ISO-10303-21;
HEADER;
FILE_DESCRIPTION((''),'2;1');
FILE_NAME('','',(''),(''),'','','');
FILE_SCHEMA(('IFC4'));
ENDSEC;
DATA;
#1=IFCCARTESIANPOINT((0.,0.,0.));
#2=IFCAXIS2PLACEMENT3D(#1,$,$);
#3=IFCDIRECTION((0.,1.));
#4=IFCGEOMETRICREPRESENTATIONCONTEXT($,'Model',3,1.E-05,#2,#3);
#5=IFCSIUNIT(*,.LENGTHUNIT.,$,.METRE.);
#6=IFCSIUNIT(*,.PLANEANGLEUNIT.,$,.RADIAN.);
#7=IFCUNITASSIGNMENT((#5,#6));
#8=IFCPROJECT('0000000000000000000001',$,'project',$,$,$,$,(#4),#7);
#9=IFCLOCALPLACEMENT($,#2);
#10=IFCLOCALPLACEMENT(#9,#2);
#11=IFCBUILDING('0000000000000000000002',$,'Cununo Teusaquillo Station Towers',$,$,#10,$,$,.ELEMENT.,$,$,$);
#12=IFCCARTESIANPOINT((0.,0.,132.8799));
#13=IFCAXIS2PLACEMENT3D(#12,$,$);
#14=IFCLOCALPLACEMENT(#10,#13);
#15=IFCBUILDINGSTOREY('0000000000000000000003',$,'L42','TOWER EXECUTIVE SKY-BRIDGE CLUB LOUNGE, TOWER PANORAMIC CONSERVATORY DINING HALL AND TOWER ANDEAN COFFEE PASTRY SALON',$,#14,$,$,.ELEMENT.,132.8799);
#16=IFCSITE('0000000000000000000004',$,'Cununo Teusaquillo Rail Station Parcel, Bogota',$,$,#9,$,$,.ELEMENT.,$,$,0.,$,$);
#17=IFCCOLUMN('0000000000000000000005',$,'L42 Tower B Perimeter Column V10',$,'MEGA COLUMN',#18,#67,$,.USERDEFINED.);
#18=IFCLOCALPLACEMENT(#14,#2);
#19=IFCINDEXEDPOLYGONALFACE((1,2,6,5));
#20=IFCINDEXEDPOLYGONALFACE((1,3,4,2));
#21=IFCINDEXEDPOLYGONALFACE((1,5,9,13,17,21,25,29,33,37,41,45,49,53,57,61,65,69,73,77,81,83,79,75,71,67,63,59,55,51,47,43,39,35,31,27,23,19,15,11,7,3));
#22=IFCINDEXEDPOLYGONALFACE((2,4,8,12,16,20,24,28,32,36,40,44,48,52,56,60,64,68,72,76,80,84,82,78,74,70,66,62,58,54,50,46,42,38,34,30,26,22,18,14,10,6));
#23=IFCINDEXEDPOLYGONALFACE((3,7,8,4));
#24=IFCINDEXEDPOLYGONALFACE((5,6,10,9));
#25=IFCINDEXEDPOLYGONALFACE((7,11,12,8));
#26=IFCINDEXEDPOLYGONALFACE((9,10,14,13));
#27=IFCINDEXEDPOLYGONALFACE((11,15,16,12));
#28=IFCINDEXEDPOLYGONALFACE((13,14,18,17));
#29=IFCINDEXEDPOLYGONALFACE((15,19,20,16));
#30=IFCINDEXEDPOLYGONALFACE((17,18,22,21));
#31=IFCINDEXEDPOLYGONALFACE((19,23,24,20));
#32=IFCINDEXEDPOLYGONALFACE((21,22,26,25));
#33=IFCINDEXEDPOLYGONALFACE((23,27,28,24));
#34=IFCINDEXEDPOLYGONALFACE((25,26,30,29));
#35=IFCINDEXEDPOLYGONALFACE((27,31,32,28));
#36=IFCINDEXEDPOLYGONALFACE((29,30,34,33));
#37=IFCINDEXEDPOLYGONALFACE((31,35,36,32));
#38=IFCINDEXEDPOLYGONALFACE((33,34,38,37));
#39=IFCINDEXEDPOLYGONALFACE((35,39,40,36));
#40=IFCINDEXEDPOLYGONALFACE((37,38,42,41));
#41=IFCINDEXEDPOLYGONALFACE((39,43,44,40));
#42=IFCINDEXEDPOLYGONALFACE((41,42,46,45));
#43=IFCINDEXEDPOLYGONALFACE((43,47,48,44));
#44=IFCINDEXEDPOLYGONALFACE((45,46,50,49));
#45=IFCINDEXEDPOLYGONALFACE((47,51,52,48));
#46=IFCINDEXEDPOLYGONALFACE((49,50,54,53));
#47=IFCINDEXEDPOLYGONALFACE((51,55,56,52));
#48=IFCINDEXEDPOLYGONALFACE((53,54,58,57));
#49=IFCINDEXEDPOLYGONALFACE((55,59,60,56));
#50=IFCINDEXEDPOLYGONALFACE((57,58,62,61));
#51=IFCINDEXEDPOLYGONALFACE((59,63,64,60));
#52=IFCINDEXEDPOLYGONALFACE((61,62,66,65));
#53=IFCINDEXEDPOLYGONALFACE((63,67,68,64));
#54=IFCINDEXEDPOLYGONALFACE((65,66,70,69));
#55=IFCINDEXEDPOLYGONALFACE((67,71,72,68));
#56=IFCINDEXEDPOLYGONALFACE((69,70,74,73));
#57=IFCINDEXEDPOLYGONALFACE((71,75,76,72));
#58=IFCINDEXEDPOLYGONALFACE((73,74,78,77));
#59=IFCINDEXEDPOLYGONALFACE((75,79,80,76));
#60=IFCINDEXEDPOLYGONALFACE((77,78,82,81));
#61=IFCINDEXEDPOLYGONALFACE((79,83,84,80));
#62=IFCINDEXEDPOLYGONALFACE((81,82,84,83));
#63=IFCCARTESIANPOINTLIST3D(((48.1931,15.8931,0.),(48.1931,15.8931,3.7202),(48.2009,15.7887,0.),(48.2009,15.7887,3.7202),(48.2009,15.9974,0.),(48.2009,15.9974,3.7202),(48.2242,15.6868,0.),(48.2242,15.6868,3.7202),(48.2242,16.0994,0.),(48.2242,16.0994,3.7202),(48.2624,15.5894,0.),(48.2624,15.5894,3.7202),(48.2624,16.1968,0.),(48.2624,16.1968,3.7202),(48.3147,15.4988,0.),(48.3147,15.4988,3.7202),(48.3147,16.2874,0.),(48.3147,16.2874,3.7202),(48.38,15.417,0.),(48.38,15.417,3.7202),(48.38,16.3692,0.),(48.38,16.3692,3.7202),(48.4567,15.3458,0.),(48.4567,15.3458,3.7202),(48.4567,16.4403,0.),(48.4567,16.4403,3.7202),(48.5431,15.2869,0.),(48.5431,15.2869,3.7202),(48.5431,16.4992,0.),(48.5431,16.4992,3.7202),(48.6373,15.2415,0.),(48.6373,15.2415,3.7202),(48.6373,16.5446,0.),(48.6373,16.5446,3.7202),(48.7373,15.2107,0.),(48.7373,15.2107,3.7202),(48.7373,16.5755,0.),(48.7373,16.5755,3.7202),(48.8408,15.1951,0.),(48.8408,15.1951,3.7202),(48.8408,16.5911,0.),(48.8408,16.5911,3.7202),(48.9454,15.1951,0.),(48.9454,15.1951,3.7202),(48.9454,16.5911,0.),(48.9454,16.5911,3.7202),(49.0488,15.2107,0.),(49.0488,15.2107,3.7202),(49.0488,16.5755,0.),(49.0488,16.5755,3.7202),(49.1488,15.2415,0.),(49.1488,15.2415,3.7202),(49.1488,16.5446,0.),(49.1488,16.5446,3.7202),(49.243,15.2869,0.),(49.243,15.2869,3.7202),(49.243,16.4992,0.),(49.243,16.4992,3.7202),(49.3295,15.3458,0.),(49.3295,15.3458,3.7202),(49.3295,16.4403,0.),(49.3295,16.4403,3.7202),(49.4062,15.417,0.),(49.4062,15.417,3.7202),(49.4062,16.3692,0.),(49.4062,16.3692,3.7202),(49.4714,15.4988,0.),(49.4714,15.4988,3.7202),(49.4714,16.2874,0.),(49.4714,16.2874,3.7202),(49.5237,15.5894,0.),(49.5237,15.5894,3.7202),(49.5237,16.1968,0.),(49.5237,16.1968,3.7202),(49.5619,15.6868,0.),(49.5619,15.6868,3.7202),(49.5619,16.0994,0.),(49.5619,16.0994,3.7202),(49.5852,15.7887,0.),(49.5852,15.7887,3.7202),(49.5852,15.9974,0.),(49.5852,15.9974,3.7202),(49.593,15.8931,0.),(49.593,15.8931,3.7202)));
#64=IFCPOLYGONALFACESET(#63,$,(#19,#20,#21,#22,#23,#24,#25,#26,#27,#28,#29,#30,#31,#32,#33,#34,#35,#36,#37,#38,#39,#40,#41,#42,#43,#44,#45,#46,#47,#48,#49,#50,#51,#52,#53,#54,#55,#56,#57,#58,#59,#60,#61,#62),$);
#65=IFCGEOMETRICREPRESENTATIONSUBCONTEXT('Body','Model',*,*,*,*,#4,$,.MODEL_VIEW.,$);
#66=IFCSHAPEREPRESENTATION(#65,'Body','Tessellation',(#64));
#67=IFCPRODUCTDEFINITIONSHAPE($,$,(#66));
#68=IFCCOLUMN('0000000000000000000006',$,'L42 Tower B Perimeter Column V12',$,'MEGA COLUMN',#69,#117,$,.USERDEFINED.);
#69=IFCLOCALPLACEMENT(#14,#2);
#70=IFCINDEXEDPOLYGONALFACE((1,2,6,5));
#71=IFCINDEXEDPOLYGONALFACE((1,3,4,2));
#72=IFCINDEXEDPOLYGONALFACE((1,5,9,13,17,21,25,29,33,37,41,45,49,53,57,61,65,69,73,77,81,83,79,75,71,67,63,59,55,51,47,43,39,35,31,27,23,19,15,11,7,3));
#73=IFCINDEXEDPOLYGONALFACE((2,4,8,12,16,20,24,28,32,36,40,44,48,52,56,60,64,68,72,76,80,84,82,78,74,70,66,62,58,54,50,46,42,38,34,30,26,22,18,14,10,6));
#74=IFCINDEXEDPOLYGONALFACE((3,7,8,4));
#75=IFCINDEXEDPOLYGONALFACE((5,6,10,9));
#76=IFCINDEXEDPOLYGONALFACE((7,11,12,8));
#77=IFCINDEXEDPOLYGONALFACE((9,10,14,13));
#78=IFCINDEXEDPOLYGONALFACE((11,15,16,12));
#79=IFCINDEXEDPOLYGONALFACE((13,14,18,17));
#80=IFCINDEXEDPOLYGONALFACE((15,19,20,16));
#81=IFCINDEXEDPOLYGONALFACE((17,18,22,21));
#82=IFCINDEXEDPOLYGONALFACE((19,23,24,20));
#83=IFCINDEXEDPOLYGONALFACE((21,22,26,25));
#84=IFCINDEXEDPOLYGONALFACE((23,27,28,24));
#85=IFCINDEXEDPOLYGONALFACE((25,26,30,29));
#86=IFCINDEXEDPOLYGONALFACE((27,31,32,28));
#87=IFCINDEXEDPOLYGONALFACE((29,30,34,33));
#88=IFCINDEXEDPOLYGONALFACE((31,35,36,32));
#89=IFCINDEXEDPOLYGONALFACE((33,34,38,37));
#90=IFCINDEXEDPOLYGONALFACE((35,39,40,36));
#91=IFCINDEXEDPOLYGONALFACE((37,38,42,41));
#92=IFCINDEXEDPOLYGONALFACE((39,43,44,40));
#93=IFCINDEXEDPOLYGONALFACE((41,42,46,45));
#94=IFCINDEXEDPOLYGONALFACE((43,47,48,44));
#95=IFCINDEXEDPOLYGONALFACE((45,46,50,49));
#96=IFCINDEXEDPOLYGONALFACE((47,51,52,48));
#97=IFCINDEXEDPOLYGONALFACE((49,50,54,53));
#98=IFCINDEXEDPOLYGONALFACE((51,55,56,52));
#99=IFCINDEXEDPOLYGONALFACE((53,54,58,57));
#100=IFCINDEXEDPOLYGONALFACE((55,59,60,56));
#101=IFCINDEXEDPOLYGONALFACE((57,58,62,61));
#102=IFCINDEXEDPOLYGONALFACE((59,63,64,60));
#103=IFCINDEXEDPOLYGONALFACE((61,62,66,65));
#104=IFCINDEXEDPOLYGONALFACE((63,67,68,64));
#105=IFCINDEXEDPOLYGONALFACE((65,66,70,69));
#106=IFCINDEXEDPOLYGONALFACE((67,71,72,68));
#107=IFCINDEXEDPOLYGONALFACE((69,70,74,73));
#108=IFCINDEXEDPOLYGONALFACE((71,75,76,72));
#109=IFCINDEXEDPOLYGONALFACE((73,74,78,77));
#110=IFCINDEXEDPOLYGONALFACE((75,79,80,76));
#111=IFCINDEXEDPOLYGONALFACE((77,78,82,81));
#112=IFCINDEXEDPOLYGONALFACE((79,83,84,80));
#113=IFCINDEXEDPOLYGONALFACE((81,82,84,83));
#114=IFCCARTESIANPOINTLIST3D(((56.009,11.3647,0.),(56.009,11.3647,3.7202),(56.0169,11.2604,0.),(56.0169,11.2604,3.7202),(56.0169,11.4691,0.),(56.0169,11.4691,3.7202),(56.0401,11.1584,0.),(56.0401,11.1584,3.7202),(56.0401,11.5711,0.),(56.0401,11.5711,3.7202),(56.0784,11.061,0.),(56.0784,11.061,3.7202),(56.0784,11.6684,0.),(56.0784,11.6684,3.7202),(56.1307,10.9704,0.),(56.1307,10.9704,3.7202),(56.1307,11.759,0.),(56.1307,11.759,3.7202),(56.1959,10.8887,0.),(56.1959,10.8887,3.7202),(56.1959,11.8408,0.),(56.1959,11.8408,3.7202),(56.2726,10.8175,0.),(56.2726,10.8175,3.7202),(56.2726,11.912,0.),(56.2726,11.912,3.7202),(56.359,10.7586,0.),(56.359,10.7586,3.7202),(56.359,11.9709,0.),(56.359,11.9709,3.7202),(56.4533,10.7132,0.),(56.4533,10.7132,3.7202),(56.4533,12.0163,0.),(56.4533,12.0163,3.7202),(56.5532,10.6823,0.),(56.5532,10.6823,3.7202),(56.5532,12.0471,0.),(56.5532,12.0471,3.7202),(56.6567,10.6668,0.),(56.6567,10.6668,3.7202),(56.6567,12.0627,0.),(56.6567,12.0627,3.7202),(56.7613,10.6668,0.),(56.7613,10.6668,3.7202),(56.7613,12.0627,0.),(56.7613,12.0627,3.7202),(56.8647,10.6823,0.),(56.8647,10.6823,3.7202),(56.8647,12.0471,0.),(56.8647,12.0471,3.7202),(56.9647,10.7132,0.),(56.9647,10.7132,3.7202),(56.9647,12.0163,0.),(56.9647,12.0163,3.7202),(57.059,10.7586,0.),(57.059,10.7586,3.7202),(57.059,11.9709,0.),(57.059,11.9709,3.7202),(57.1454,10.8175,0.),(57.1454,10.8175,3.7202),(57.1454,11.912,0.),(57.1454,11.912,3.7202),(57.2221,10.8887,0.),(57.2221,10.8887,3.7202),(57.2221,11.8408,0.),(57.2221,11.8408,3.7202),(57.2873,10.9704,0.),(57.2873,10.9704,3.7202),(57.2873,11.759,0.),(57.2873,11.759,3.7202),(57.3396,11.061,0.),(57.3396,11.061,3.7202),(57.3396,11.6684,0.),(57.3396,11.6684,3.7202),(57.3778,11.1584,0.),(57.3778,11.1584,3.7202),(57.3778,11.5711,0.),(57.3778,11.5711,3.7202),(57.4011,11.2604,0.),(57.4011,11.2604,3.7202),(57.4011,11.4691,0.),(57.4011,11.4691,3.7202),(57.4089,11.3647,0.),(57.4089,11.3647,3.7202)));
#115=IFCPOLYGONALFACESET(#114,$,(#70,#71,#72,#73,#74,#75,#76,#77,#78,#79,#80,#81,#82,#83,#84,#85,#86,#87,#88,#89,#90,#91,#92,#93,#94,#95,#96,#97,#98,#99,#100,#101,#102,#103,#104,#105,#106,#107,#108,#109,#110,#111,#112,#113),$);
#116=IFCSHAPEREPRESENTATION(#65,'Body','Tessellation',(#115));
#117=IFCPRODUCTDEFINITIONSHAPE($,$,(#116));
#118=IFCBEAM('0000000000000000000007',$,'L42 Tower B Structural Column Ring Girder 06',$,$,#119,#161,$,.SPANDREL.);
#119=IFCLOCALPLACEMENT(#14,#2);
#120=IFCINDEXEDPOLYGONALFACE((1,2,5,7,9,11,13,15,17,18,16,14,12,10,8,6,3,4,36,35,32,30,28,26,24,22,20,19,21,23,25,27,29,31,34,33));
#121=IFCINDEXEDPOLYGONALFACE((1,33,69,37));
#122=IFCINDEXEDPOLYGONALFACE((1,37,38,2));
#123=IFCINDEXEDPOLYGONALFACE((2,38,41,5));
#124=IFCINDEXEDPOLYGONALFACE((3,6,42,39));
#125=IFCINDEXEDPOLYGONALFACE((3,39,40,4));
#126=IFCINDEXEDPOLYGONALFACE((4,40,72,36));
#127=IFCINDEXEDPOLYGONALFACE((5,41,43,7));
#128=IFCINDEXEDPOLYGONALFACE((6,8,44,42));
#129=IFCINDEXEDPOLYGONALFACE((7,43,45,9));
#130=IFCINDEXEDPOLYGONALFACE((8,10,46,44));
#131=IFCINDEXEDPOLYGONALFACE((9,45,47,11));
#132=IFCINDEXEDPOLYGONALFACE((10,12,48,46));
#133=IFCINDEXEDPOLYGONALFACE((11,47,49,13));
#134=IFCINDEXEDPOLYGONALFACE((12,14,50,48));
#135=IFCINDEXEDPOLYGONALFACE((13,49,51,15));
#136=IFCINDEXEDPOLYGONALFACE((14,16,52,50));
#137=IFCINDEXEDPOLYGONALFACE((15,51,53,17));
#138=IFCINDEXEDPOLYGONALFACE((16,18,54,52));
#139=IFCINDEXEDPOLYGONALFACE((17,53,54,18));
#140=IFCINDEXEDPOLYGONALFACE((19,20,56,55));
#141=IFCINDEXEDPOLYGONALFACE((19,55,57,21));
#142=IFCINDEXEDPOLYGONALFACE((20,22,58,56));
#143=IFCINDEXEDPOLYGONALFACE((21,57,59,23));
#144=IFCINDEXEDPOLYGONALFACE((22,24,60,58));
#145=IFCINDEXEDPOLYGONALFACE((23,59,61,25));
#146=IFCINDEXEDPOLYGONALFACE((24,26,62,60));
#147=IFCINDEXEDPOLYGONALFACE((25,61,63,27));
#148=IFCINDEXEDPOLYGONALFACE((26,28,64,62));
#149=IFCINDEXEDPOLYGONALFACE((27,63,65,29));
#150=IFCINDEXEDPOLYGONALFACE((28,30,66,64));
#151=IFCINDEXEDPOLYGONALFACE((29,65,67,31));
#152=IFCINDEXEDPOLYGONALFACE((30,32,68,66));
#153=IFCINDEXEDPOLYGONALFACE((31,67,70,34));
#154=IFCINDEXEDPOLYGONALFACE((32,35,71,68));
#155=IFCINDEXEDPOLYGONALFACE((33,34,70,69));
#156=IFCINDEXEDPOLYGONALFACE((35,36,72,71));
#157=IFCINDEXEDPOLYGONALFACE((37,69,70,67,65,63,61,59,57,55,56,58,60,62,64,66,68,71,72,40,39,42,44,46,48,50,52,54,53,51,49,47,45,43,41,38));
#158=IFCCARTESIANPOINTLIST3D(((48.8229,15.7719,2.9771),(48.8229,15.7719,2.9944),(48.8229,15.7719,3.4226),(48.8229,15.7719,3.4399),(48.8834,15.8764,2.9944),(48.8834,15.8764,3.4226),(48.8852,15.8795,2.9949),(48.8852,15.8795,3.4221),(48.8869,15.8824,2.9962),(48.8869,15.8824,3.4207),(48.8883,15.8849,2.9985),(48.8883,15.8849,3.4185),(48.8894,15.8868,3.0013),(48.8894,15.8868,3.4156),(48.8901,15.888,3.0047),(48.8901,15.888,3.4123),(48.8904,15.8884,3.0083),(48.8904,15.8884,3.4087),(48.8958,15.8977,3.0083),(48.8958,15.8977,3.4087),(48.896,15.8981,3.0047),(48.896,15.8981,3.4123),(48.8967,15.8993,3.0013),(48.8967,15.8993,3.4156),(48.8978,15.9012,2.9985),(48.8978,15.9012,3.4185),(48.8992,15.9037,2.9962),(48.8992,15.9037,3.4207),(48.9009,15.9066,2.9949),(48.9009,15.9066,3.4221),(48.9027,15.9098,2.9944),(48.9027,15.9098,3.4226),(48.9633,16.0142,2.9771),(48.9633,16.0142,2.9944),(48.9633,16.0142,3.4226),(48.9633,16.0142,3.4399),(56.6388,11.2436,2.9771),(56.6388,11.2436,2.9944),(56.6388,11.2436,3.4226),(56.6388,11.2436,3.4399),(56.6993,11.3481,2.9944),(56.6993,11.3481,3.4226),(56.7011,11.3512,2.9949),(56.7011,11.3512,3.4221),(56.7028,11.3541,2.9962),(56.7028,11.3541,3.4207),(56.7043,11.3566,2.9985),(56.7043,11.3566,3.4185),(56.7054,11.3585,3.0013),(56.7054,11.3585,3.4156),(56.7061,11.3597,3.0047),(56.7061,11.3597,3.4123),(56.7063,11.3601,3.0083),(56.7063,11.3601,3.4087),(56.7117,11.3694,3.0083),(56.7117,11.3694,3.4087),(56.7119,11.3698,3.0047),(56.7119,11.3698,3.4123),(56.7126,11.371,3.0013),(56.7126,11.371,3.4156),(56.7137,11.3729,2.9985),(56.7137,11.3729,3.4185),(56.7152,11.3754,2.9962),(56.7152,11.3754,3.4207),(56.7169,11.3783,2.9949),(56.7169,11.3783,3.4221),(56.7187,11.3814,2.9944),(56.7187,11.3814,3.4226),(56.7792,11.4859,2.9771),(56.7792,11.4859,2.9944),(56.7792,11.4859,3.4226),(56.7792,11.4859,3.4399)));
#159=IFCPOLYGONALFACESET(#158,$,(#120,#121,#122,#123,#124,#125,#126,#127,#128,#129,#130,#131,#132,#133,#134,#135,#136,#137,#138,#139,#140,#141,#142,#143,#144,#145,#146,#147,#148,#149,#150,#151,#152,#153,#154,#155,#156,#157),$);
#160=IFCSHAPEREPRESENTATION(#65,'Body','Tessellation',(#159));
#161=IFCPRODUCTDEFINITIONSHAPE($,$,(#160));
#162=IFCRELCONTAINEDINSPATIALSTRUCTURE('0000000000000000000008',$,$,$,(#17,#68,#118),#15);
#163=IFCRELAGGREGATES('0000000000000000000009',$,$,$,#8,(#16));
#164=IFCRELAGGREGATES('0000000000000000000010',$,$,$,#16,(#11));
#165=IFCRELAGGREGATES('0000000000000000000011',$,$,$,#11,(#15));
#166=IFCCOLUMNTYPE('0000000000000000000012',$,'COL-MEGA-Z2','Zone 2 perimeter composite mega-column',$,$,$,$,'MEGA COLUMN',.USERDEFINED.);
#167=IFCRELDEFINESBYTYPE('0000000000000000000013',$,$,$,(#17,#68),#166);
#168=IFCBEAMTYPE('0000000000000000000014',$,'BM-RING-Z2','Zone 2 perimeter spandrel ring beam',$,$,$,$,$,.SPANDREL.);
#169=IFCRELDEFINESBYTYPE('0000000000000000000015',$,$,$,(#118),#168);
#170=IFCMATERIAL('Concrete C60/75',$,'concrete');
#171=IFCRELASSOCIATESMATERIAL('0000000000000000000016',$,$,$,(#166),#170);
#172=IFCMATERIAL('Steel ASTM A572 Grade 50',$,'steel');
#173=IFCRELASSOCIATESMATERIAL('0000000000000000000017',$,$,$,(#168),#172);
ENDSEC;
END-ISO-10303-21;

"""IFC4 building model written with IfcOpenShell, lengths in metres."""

from ifc_helpers import new_model, si_unit, direction, frame, origin, origin_2d, place, context, subcontext, project, spatial, circle, i_section, extrude, material, material_profile, profile_set, type_object, element, save


model = new_model("IFC4")

# Units and contexts
model_context = context("Model", 3, precision=1e-05, world=origin(), true_north=direction((0.0, 1.0)))
body_context = subcontext(model_context, "Body", "Model", "MODEL_VIEW")
ifc_project = project(units=[si_unit("LENGTHUNIT", "METRE"), si_unit("PLANEANGLEUNIT", "RADIAN")], contexts=[model_context])

# Site, building, storey
site_placement = place(None, origin())
site = spatial("IfcSite", under=ifc_project, at=site_placement, Name="Cununo Teusaquillo Rail Station Parcel, Bogota", CompositionType="ELEMENT", RefElevation=0.0)
building_placement = place(site_placement, origin())
building = spatial("IfcBuilding", under=site, at=building_placement, Name="Cununo Teusaquillo Station Towers", CompositionType="ELEMENT")
storey_placement = place(building_placement, frame((0.0, 0.0, 132.8799)))
storey = spatial("IfcBuildingStorey", under=building, at=storey_placement, Name="L42", Description="TOWER EXECUTIVE SKY-BRIDGE CLUB LOUNGE, TOWER PANORAMIC CONSERVATORY DINING HALL AND TOWER ANDEAN COFFEE PASTRY SALON", CompositionType="ELEMENT", Elevation=132.8799)

# Columns
ifc_material_1 = material(Name="Concrete C60/75", Category="concrete")
ifc_material_profile_1 = material_profile(ifc_material_1, circle(Radius=0.7, at=origin_2d()), Name="RC-CIRC-1400")
ifc_profile_set_1 = profile_set([ifc_material_profile_1], Name="Concrete C60/75")
column_type = type_object("IfcColumnType", Name="COL-MEGA-Z2", Description="Zone 2 perimeter composite mega-column", ElementType="MEGA COLUMN", PredefinedType="USERDEFINED", material=ifc_profile_set_1)
for number, where, z_axis, x_axis, name in (
    (1, (48.8931, 15.8931, 0.0), (0.0, 0.0, 1.0), (1.0, 0.0, 0.0), "L42 Tower B Perimeter Column V10"),
    (2, (56.709, 11.3647, 0.0), (0.0, 0.0, 1.0), (1.0, 0.0, 0.0), "L42 Tower B Perimeter Column V12"),
):
    element("IfcColumn", number, at=place(storey_placement, frame(where, z_axis=z_axis, x_axis=x_axis)), inside=storey, type_object=column_type, Name=name, ObjectType="MEGA COLUMN", PredefinedType="USERDEFINED", context=body_context, shape_type="SweptSolid", body=[
        extrude(circle(Radius=0.7, at=origin_2d()), origin(), (0.0, 0.0, 1.0), 3.7202),
    ])

# Beam
ifc_material_2 = material(Name="Steel ASTM A572 Grade 50", Category="steel")
ifc_material_profile_2 = material_profile(ifc_material_2, i_section(OverallWidth=0.28, OverallDepth=0.4629, WebThickness=0.0107, FlangeThickness=0.0173, FilletRadius=0.0139, at=origin_2d()), Name="W18X76")
ifc_profile_set_2 = profile_set([ifc_material_profile_2], Name="Steel ASTM A572 Grade 50")
beam_type = type_object("IfcBeamType", Name="BM-RING-Z2", Description="Zone 2 perimeter spandrel ring beam", PredefinedType="SPANDREL", material=ifc_profile_set_2)
beam_1_placement = place(storey_placement, frame((48.8931, 15.8931, 3.2085), z_axis=(0.865267, -0.501311, 0.0), x_axis=(0.501311, 0.865267, 0.0)))
element("IfcBeam", 3, at=beam_1_placement, inside=storey, type_object=beam_type, Name="L42 Tower B Structural Column Ring Girder 06", PredefinedType="SPANDREL", context=body_context, shape_type="SweptSolid", body=[
    extrude(i_section(OverallWidth=0.28, OverallDepth=0.4629, WebThickness=0.0107, FlangeThickness=0.0173, FilletRadius=0.0139, at=origin_2d()), origin(), (0.0, 0.0, 1.0), 9.033),
])

save(model, "model.ifc")
